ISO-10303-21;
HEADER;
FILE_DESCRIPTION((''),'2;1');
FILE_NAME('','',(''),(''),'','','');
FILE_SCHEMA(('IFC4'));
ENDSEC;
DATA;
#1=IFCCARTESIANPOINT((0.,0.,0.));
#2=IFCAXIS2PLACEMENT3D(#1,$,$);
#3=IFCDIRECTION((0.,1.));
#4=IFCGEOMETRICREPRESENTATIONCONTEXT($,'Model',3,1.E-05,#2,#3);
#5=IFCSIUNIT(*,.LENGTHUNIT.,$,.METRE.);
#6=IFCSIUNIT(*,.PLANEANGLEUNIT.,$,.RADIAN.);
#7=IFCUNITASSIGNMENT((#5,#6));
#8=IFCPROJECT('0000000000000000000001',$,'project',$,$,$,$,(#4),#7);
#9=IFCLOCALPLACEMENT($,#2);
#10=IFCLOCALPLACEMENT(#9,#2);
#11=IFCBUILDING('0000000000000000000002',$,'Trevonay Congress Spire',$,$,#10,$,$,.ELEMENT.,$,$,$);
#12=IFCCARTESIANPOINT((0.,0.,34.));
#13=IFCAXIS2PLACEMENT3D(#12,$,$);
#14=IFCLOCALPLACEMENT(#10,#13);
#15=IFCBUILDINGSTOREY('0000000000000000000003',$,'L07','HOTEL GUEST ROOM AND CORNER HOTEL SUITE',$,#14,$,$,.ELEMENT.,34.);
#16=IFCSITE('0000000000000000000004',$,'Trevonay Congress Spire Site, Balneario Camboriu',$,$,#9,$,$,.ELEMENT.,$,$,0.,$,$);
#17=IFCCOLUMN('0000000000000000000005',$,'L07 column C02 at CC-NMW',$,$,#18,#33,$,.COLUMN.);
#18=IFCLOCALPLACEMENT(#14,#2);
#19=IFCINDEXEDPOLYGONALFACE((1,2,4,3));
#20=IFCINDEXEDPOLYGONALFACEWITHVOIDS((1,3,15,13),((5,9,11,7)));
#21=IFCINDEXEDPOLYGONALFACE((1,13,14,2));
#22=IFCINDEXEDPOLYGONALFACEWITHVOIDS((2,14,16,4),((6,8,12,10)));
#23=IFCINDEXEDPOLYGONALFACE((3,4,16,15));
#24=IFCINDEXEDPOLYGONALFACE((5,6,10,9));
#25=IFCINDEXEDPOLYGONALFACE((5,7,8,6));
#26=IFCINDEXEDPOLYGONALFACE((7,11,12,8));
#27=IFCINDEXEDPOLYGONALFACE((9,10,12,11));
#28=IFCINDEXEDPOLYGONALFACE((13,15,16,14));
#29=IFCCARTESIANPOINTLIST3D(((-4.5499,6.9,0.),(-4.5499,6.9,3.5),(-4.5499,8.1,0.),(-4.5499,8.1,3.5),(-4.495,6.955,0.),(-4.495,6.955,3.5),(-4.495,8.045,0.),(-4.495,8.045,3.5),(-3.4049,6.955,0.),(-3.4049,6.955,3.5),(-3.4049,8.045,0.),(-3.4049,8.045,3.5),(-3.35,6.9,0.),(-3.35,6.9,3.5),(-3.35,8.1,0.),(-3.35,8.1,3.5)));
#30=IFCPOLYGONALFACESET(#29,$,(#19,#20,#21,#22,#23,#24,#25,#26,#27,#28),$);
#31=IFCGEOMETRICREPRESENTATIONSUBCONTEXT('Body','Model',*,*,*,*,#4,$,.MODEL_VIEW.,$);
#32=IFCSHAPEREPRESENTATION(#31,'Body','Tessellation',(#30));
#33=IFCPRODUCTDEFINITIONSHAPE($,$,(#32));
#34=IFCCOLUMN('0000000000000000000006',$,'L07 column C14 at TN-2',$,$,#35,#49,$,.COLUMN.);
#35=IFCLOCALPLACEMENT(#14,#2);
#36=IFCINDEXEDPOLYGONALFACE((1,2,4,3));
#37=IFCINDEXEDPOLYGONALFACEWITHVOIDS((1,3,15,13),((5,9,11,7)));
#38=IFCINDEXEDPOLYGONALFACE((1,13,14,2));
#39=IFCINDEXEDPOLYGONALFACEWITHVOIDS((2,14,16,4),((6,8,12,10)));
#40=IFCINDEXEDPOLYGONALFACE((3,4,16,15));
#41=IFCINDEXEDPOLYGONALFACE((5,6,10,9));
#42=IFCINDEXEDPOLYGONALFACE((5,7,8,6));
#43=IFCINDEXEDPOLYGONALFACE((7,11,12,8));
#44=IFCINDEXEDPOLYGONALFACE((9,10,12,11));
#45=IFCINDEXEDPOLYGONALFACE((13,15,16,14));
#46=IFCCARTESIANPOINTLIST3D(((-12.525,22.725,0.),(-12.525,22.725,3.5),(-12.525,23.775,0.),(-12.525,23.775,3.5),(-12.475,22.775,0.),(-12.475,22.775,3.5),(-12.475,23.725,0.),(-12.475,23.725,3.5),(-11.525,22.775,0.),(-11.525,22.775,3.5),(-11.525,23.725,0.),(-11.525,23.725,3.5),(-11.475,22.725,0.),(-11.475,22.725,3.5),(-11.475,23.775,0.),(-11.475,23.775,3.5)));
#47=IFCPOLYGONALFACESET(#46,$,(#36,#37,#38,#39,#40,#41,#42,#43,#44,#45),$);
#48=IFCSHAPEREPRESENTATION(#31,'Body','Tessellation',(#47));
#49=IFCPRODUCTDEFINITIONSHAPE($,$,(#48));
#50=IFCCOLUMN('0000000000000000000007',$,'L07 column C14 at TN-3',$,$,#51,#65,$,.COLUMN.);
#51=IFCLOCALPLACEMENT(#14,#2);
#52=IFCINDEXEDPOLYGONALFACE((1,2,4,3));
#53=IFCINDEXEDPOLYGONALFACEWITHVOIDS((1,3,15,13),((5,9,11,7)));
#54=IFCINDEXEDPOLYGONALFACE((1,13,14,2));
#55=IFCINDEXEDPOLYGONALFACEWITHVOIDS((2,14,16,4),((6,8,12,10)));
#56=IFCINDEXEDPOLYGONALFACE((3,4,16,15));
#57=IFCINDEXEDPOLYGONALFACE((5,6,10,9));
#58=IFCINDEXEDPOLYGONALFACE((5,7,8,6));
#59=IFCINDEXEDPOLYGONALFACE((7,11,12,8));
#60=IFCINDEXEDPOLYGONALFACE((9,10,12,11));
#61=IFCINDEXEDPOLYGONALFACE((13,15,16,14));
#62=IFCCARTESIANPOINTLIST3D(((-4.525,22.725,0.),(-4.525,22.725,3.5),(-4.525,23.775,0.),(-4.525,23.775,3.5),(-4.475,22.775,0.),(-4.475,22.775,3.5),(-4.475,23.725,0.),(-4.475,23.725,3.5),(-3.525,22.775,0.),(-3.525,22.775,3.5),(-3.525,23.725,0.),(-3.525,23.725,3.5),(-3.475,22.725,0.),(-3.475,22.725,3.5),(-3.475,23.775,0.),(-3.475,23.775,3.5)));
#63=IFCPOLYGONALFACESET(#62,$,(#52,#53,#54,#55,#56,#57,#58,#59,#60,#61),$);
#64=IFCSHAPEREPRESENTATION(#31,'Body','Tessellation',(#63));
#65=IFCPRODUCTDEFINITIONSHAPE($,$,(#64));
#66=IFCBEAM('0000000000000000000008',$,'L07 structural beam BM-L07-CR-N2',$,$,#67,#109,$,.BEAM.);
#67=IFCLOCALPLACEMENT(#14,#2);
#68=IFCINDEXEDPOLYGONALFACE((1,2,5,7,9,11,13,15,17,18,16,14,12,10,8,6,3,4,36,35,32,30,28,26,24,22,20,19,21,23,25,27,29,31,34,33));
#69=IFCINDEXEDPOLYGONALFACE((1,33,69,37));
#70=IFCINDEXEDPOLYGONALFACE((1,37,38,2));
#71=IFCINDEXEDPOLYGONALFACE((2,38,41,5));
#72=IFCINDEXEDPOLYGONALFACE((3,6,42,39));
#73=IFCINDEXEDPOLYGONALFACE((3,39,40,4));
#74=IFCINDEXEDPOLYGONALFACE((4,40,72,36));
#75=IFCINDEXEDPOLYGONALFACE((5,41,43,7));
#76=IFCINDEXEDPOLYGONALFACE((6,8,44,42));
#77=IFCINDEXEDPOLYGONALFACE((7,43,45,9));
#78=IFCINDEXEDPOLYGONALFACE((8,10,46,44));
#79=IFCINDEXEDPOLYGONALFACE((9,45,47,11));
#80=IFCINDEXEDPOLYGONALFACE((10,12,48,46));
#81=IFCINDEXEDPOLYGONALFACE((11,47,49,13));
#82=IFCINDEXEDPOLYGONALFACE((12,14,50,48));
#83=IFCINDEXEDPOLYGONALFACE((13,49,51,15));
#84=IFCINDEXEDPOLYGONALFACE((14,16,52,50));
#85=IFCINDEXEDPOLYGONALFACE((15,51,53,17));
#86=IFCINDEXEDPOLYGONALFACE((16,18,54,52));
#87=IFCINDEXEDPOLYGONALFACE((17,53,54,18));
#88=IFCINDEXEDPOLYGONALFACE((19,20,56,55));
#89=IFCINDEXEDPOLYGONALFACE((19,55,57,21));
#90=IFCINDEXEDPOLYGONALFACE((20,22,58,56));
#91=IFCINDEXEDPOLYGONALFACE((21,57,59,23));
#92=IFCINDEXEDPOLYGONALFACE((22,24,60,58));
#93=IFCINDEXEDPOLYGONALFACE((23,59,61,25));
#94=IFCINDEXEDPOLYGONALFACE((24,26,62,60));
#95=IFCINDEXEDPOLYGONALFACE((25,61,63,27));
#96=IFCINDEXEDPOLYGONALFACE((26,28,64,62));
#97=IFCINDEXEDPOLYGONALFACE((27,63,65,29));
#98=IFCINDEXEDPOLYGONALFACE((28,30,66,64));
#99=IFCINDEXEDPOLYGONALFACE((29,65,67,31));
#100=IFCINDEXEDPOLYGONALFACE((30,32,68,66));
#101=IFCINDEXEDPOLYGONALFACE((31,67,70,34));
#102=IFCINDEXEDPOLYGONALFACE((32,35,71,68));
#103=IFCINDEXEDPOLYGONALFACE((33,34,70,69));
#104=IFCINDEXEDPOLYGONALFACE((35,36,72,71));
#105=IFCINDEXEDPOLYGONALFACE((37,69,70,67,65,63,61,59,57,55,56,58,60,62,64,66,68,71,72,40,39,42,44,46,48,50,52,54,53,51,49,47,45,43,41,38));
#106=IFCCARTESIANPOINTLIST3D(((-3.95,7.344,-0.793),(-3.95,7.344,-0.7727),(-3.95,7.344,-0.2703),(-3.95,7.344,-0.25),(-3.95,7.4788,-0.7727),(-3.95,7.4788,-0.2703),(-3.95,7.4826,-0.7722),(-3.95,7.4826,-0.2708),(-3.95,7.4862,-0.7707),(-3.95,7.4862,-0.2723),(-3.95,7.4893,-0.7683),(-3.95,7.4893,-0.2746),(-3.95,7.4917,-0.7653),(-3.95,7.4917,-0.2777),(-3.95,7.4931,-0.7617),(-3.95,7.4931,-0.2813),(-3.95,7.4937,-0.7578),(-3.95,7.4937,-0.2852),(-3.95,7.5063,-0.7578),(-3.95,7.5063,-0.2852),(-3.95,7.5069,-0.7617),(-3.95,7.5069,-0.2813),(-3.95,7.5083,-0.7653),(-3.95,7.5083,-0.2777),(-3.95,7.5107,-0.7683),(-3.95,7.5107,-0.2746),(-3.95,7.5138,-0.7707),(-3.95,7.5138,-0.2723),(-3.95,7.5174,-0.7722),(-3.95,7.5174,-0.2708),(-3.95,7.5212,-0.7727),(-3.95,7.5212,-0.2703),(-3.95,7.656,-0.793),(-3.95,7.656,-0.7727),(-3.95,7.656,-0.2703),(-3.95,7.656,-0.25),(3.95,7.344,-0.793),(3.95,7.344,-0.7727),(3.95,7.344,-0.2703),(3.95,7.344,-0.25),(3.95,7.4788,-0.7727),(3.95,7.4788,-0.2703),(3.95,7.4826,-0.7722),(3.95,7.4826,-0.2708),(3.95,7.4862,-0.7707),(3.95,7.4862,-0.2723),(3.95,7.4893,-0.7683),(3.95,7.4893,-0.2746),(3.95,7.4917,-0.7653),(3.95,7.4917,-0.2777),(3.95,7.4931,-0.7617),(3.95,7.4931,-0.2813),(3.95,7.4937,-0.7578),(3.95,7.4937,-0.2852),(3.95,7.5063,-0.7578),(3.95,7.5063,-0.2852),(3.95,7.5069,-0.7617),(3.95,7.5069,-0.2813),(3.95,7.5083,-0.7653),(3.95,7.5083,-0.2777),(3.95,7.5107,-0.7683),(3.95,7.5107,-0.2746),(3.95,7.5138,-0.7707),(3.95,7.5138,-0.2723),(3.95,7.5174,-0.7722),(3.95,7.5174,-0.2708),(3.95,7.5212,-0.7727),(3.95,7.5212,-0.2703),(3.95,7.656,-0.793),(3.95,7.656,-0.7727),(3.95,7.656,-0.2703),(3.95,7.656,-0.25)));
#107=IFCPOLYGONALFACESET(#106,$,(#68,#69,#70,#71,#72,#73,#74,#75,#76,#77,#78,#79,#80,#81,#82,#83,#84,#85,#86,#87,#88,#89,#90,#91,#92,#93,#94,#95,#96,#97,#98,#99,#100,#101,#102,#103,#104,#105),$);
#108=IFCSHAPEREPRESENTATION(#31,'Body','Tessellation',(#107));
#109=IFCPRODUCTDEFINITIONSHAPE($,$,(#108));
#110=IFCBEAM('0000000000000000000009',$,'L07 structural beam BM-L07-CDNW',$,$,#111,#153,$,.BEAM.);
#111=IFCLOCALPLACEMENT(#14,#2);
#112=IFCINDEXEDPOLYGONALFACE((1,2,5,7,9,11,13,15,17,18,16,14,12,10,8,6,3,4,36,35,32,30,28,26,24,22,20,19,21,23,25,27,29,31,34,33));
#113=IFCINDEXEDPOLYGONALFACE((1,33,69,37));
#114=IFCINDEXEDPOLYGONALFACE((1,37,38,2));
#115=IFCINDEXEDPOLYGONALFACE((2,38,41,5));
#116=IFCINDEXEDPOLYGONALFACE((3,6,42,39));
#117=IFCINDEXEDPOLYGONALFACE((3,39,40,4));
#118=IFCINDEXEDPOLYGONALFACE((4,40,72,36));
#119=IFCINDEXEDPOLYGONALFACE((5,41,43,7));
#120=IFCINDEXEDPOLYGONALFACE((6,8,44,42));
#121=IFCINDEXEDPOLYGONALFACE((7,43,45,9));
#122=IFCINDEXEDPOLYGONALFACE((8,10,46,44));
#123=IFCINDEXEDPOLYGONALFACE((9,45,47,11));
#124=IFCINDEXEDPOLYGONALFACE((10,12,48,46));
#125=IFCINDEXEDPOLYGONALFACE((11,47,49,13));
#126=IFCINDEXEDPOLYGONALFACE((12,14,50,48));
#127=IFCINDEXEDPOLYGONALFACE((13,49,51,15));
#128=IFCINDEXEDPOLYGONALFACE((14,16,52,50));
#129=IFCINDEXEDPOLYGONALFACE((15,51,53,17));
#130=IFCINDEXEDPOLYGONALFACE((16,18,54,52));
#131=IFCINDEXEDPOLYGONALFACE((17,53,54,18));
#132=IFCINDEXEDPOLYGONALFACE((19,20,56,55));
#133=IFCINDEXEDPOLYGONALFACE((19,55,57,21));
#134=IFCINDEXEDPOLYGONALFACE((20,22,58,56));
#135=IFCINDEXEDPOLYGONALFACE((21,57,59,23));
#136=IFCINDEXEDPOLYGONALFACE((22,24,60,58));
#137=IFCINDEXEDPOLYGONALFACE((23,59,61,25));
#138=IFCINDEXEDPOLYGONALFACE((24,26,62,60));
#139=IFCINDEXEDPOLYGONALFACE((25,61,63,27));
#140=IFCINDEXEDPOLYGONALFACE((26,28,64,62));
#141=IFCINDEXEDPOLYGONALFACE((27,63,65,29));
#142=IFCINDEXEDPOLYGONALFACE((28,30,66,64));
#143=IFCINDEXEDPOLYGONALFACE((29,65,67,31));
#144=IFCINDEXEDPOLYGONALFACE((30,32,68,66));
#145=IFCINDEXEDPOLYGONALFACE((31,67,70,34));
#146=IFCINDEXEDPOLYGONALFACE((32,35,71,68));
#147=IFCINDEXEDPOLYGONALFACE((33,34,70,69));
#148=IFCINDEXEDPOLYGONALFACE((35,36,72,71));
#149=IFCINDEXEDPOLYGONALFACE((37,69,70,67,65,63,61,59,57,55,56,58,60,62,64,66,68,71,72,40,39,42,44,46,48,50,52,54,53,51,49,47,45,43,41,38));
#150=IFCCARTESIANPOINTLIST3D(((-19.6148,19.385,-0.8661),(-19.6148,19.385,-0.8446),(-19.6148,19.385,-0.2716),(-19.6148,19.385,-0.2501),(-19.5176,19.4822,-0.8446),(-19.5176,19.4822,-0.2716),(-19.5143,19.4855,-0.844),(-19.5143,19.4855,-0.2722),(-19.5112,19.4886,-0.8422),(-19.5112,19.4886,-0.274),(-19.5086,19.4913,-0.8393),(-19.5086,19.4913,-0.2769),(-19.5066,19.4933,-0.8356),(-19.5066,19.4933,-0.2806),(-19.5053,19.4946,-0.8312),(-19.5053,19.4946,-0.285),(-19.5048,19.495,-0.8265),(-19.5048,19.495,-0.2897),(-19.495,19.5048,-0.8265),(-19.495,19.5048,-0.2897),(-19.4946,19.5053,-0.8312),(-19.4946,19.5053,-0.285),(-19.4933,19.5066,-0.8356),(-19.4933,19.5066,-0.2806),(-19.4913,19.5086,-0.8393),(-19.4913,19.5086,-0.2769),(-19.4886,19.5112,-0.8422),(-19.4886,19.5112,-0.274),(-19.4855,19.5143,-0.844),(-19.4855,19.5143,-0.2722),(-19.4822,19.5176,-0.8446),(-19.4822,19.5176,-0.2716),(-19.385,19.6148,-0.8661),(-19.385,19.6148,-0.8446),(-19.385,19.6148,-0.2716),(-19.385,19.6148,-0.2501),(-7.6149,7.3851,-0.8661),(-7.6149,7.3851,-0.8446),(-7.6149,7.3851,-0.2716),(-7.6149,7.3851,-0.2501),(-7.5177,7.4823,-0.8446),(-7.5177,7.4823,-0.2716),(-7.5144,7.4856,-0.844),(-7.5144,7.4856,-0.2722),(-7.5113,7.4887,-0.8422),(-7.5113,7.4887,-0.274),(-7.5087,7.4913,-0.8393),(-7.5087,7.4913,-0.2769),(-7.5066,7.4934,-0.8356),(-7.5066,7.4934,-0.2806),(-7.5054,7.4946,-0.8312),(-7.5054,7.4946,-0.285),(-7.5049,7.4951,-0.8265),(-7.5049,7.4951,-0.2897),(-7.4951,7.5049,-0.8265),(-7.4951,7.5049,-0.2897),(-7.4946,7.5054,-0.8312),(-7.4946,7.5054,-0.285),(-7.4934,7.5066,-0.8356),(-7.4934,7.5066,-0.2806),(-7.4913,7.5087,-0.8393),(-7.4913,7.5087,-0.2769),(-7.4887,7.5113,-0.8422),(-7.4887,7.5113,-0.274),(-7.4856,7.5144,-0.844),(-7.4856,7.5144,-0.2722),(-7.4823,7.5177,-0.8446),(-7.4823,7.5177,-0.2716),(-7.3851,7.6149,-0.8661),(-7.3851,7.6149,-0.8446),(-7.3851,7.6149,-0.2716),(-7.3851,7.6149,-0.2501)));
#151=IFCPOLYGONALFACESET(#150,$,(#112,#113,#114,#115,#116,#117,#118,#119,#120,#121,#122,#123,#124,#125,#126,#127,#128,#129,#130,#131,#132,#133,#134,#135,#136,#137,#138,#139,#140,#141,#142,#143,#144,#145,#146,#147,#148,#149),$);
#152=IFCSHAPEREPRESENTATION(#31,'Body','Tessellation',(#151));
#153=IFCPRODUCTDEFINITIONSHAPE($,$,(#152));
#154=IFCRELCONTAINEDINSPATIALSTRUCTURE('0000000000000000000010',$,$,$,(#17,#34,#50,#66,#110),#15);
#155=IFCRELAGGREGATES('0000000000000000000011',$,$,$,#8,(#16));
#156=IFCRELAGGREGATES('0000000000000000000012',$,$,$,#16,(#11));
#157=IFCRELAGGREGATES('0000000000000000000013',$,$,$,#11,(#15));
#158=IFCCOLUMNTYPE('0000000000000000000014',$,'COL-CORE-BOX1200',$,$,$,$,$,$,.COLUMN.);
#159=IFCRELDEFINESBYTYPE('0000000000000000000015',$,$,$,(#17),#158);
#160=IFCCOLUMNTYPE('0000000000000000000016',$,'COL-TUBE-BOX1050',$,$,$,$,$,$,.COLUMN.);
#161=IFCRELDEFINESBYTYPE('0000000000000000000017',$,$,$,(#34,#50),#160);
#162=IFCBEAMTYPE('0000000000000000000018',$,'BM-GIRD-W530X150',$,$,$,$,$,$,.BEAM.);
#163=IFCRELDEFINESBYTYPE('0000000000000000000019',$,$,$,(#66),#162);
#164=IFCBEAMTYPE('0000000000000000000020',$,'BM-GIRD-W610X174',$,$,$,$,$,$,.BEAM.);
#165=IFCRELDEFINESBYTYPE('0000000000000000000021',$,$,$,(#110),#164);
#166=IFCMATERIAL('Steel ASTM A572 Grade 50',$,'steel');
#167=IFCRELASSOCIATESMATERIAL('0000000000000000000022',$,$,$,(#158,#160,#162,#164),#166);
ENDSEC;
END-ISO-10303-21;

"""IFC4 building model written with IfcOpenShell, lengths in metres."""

from ifc_helpers import new_model, si_unit, direction, frame, origin, origin_2d, place, context, subcontext, project, spatial, hollow_rectangle, i_section, extrude, material, material_profile, profile_set, type_object, element, save


model = new_model("IFC4")

# Units and contexts
model_context = context("Model", 3, precision=1e-05, world=origin(), true_north=direction((0.0, 1.0)))
body_context = subcontext(model_context, "Body", "Model", "MODEL_VIEW")
ifc_project = project(units=[si_unit("LENGTHUNIT", "METRE"), si_unit("PLANEANGLEUNIT", "RADIAN")], contexts=[model_context])

# Site, building, storey
site_placement = place(None, origin())
site = spatial("IfcSite", under=ifc_project, at=site_placement, Name="Trevonay Congress Spire Site, Balneario Camboriu", CompositionType="ELEMENT", RefElevation=0.0)
building_placement = place(site_placement, origin())
building = spatial("IfcBuilding", under=site, at=building_placement, Name="Trevonay Congress Spire", CompositionType="ELEMENT")
storey_placement = place(building_placement, frame((0.0, 0.0, 34.0)))
storey = spatial("IfcBuildingStorey", under=building, at=storey_placement, Name="L07", Description="HOTEL GUEST ROOM AND CORNER HOTEL SUITE", CompositionType="ELEMENT", Elevation=34.0)

# Columns
ifc_material_1 = material(Name="Steel ASTM A572 Grade 50", Category="steel")
ifc_material_profile_1 = material_profile(ifc_material_1, hollow_rectangle(XDim=1.2, YDim=1.2, WallThickness=0.0549, at=origin_2d()), Name="BOX 1200x1200x55")
ifc_profile_set_1 = profile_set([ifc_material_profile_1], Name="Steel ASTM A572 Grade 50")
column_type_1 = type_object("IfcColumnType", Name="COL-CORE-BOX1200", PredefinedType="COLUMN", material=ifc_profile_set_1)
column_placement = place(storey_placement, frame((-3.95, 7.5, 0.0), z_axis=(0.0, 0.0, 1.0), x_axis=(1.0, 0.0, 0.0)))
element("IfcColumn", 1, at=column_placement, inside=storey, type_object=column_type_1, Name="L07 column C02 at CC-NMW", PredefinedType="COLUMN", context=body_context, shape_type="SweptSolid", body=[
    extrude(hollow_rectangle(XDim=1.2, YDim=1.2, WallThickness=0.0549, at=origin_2d()), origin(), (0.0, 0.0, 1.0), 3.5),
])
ifc_material_profile_2 = material_profile(ifc_material_1, hollow_rectangle(XDim=1.05, YDim=1.05, WallThickness=0.05, at=origin_2d()), Name="BOX 1050x1050x50")
ifc_profile_set_2 = profile_set([ifc_material_profile_2], Name="Steel ASTM A572 Grade 50")
column_type_2 = type_object("IfcColumnType", Name="COL-TUBE-BOX1050", PredefinedType="COLUMN", material=ifc_profile_set_2)
for number, where, z_axis, x_axis, name in (
    (2, (-12.0, 23.25, 0.0), (0.0, 0.0, 1.0), (1.0, 0.0, 0.0), "L07 column C14 at TN-2"),
    (3, (-4.0, 23.25, 0.0), (0.0, 0.0, 1.0), (1.0, 0.0, 0.0), "L07 column C14 at TN-3"),
):
    element("IfcColumn", number, at=place(storey_placement, frame(where, z_axis=z_axis, x_axis=x_axis)), inside=storey, type_object=column_type_2, Name=name, PredefinedType="COLUMN", context=body_context, shape_type="SweptSolid", body=[
        extrude(hollow_rectangle(XDim=1.05, YDim=1.05, WallThickness=0.05, at=origin_2d()), origin(), (0.0, 0.0, 1.0), 3.5),
    ])

# Beams
ifc_material_profile_3 = material_profile(ifc_material_1, i_section(OverallWidth=0.312, OverallDepth=0.543, WebThickness=0.0127, FlangeThickness=0.0203, FilletRadius=0.0149, at=origin_2d()), Name="W530x150")
ifc_profile_set_3 = profile_set([ifc_material_profile_3], Name="Steel ASTM A572 Grade 50")
beam_type_1 = type_object("IfcBeamType", Name="BM-GIRD-W530X150", PredefinedType="BEAM", material=ifc_profile_set_3)
beam_1_placement = place(storey_placement, frame((-3.95, 7.5, -0.5215), z_axis=(1.0, 0.0, 0.0), x_axis=(0.0, 1.0, 0.0)))
element("IfcBeam", 4, at=beam_1_placement, inside=storey, type_object=beam_type_1, Name="L07 structural beam BM-L07-CR-N2", PredefinedType="BEAM", context=body_context, shape_type="SweptSolid", body=[
    extrude(i_section(OverallWidth=0.312, OverallDepth=0.543, WebThickness=0.0127, FlangeThickness=0.0203, FilletRadius=0.0149, at=origin_2d()), origin(), (0.0, 0.0, 1.0), 7.8999),
])
ifc_material_profile_4 = material_profile(ifc_material_1, i_section(OverallWidth=0.325, OverallDepth=0.616, WebThickness=0.0139, FlangeThickness=0.0215, FilletRadius=0.0181, at=origin_2d()), Name="W610x174")
ifc_profile_set_4 = profile_set([ifc_material_profile_4], Name="Steel ASTM A572 Grade 50")
beam_type_2 = type_object("IfcBeamType", Name="BM-GIRD-W610X174", PredefinedType="BEAM", material=ifc_profile_set_4)
beam_2_placement = place(storey_placement, frame((-7.5, 7.5, -0.5581), z_axis=(-0.707107, 0.707107, 0.0), x_axis=(-0.707107, -0.707107, 0.0)))
element("IfcBeam", 5, at=beam_2_placement, inside=storey, type_object=beam_type_2, Name="L07 structural beam BM-L07-CDNW", PredefinedType="BEAM", context=body_context, shape_type="SweptSolid", body=[
    extrude(i_section(OverallWidth=0.325, OverallDepth=0.616, WebThickness=0.0139, FlangeThickness=0.0215, FilletRadius=0.0181, at=origin_2d()), origin(), (0.0, 0.0, 1.0), 16.9705),
])

save(model, "model.ifc")
